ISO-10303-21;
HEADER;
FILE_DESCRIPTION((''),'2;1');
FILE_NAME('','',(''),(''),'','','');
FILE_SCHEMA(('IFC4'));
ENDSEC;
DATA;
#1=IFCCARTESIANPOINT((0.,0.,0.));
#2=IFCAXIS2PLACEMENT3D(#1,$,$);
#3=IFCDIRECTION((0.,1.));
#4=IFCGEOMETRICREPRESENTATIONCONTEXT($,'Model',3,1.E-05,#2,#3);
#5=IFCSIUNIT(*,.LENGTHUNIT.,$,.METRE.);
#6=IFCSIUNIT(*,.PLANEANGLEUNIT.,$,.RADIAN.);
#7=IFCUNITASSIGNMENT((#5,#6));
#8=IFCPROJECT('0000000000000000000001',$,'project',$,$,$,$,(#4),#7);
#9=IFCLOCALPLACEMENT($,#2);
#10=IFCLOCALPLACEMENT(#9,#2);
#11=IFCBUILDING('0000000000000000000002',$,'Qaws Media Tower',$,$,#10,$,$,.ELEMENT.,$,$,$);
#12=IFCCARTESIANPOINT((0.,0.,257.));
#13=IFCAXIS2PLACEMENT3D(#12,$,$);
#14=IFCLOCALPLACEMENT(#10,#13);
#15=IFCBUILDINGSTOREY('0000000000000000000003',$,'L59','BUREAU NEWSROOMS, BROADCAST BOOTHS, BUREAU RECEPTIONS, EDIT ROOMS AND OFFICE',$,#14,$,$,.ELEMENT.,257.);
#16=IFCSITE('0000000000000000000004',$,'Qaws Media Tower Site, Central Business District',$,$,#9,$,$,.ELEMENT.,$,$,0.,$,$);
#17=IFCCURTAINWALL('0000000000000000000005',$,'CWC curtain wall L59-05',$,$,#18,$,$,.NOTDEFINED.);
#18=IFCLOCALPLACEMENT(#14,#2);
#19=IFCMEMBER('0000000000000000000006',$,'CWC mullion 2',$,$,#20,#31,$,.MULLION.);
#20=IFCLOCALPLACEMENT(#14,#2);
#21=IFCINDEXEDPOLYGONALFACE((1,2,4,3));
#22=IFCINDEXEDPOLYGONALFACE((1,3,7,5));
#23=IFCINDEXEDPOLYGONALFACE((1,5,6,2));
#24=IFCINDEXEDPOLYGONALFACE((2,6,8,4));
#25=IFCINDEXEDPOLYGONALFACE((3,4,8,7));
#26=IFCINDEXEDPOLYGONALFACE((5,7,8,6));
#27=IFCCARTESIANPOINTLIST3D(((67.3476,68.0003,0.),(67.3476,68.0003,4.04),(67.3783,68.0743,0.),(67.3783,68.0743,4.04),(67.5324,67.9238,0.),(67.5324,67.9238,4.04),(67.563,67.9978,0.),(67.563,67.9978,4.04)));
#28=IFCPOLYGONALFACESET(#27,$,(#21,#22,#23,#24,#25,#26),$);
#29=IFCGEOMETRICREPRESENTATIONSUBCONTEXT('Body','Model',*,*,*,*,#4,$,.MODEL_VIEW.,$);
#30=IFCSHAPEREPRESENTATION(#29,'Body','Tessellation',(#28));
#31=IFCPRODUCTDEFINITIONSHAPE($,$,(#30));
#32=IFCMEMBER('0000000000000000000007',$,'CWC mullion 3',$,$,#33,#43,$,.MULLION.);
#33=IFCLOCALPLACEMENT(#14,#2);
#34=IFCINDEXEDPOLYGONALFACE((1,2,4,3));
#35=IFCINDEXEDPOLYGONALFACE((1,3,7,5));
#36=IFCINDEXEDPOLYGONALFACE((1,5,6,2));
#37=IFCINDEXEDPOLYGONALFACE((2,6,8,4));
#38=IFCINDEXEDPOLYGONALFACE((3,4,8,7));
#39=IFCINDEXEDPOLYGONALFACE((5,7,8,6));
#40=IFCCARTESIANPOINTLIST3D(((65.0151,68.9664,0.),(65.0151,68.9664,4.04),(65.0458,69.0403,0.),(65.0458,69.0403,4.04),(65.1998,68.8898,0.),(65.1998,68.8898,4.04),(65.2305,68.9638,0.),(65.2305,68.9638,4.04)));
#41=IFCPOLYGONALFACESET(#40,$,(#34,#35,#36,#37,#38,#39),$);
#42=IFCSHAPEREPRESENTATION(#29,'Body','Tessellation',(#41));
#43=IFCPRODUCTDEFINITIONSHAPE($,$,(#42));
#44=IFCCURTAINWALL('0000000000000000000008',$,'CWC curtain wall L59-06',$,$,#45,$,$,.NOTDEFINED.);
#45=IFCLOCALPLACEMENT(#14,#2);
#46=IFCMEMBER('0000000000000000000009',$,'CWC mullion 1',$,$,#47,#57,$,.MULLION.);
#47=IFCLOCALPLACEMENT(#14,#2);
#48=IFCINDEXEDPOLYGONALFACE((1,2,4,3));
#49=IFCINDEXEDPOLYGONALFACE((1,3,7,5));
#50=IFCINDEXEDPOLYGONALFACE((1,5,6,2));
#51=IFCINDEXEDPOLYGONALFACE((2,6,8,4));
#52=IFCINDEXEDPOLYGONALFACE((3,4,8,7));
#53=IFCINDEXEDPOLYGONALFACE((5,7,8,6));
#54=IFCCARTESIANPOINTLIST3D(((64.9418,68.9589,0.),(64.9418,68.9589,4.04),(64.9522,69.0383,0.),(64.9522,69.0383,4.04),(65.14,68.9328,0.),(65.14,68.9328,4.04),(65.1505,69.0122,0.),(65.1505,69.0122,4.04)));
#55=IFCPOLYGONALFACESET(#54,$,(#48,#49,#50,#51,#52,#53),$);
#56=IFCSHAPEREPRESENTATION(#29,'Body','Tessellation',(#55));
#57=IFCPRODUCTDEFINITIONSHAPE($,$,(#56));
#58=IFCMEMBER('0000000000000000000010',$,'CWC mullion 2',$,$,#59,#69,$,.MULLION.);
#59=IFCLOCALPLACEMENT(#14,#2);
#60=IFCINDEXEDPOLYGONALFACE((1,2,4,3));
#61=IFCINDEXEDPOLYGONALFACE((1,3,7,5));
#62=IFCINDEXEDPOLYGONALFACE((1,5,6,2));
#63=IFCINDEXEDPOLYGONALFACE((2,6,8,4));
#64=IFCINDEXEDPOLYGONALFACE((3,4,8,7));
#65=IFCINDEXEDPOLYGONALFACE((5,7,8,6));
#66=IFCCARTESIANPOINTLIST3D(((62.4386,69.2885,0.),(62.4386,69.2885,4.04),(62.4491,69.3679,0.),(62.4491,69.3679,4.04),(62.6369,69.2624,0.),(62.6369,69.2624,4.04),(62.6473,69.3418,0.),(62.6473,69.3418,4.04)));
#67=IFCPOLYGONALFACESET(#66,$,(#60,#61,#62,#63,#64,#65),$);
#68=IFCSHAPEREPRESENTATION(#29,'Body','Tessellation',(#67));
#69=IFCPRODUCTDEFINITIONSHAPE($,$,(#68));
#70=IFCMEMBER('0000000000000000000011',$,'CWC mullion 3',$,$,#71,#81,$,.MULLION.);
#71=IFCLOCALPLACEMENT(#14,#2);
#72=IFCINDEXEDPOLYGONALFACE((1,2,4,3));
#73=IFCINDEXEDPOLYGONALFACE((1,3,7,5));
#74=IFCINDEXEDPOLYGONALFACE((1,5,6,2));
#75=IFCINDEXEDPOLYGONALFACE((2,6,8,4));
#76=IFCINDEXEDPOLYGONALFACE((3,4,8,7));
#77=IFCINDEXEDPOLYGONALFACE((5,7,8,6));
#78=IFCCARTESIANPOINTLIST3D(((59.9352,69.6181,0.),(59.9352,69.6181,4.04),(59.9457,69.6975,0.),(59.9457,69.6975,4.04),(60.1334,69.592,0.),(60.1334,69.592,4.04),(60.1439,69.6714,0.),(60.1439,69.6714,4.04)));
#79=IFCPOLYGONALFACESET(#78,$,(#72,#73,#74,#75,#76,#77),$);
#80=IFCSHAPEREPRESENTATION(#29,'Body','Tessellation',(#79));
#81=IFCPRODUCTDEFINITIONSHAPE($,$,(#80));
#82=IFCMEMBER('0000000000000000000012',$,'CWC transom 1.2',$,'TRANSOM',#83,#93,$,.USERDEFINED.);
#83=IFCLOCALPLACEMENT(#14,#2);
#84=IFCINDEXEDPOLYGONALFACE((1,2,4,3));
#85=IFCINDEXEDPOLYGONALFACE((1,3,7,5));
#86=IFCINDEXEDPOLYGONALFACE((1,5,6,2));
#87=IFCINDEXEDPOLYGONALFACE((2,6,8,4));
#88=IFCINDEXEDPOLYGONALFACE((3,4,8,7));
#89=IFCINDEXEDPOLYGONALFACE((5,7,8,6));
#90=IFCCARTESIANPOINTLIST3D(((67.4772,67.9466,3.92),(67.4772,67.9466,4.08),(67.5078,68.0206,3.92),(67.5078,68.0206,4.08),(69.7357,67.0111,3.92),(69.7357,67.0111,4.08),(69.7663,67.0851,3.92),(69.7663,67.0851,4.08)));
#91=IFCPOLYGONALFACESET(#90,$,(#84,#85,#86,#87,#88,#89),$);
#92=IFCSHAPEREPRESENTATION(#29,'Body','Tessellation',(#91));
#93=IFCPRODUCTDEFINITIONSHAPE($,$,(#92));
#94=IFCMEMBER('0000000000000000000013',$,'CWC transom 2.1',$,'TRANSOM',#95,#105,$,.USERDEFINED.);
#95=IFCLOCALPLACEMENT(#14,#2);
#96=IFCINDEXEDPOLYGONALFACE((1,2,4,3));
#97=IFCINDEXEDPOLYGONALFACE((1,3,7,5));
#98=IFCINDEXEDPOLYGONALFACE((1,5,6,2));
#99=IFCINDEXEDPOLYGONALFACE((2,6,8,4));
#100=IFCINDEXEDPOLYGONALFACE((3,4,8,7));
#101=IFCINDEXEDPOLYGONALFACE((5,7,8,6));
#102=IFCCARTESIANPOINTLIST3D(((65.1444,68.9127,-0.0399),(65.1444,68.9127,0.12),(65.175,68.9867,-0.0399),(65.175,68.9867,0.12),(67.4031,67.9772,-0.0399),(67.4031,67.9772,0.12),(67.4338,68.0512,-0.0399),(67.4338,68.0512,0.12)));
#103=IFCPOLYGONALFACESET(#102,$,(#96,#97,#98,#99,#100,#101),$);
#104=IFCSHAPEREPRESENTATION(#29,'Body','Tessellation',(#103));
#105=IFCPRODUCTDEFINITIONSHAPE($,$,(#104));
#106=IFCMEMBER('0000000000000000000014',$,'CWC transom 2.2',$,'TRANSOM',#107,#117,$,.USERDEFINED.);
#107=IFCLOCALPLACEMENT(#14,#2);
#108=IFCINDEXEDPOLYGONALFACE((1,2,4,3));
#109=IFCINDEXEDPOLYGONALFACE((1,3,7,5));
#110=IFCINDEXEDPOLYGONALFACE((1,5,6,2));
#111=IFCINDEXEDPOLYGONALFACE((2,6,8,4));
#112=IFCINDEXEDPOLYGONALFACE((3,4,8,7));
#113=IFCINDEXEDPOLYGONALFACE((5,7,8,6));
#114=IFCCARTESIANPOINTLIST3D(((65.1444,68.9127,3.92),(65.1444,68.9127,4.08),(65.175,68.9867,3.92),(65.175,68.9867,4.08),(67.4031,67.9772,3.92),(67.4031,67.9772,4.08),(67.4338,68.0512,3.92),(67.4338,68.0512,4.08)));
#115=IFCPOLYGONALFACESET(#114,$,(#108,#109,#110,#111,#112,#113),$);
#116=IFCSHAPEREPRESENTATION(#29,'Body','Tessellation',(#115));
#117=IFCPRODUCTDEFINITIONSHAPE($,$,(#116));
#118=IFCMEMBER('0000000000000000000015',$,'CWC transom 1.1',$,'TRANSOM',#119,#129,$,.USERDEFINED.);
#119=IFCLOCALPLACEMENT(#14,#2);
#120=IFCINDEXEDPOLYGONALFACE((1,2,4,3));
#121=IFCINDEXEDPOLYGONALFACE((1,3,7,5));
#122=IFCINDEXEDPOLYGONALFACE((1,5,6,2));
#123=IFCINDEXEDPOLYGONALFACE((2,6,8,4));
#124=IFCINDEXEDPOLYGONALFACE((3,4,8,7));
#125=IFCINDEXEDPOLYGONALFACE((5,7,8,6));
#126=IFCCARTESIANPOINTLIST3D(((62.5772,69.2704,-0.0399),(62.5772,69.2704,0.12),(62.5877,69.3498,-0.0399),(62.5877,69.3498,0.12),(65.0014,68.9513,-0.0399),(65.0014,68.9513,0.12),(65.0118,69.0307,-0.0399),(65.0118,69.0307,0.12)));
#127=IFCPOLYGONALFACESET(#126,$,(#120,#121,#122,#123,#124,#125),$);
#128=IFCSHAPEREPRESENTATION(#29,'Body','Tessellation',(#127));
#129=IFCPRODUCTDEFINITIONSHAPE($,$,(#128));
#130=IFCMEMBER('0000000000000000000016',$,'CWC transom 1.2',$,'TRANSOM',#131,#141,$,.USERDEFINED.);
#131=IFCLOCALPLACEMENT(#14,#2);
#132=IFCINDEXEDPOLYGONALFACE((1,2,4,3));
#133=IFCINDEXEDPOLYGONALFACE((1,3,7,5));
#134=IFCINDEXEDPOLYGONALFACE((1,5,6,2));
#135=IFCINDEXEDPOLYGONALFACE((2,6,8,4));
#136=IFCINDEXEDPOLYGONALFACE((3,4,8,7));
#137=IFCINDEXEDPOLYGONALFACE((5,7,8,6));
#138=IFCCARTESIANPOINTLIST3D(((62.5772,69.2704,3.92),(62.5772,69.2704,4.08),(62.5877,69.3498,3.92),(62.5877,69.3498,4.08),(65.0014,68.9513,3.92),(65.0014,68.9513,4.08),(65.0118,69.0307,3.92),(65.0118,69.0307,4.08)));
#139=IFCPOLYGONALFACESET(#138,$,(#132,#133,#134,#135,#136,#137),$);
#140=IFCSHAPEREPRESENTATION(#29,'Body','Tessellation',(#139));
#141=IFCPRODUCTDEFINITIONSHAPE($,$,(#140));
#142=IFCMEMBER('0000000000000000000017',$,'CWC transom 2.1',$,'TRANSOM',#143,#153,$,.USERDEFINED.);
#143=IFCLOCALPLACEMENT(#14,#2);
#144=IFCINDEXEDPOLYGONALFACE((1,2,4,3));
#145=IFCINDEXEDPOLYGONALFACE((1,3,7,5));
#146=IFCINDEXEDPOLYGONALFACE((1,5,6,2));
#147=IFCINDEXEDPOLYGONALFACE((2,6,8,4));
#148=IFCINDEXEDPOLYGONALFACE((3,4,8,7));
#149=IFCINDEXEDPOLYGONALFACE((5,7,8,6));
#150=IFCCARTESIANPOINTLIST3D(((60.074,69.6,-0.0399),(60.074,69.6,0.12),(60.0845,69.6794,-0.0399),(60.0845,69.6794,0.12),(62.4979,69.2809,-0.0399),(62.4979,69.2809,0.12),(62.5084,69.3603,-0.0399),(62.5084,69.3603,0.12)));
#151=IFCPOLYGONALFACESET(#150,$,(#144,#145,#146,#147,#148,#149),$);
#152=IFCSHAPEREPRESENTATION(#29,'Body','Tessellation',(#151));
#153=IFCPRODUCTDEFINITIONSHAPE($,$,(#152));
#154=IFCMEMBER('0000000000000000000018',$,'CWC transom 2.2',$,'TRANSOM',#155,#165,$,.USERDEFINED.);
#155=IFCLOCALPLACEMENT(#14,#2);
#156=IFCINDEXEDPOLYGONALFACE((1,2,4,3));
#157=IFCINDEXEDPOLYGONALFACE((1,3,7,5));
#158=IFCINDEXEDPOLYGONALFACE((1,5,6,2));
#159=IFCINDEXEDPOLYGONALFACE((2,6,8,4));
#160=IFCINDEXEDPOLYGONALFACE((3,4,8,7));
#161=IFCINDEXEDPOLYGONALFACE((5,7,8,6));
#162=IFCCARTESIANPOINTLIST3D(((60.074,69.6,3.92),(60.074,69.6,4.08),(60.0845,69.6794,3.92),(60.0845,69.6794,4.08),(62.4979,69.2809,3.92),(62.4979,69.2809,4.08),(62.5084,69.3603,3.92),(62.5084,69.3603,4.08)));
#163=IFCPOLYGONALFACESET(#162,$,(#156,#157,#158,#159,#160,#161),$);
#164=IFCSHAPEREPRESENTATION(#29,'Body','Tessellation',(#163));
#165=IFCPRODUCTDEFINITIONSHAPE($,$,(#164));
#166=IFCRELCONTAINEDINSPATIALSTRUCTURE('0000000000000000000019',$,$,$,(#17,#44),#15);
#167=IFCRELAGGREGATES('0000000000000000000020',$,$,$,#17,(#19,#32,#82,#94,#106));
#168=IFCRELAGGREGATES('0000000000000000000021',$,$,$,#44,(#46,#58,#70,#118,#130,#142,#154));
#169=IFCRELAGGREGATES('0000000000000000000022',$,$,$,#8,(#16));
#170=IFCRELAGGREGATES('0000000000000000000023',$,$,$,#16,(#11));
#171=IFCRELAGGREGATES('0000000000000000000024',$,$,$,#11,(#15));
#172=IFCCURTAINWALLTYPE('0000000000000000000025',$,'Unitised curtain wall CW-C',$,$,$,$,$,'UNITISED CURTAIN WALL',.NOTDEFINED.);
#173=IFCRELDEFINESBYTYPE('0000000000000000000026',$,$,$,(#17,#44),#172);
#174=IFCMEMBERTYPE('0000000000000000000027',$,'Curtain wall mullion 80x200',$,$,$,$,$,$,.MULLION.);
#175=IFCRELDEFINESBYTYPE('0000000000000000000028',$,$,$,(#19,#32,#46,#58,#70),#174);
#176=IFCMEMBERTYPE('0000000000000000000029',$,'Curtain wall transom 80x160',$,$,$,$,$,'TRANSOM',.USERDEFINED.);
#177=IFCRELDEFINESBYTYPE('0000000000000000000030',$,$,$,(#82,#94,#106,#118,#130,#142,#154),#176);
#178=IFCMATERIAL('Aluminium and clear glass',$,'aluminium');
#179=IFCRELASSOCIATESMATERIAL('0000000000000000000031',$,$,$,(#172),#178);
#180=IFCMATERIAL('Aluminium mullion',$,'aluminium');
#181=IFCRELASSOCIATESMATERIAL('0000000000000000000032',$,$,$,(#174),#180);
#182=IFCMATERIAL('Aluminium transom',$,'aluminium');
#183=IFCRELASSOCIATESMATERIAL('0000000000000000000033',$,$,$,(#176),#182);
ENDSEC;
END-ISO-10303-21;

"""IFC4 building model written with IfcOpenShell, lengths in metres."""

from ifc_helpers import new_model, si_unit, direction, frame, origin, origin_2d, place, context, subcontext, project, spatial, rectangle, extrude, material, material_profile, profile_set, type_object, element, aggregate, save


model = new_model("IFC4")

# Units and contexts
model_context = context("Model", 3, precision=1e-05, world=origin(), true_north=direction((0.0, 1.0)))
body_context = subcontext(model_context, "Body", "Model", "MODEL_VIEW")
ifc_project = project(units=[si_unit("LENGTHUNIT", "METRE"), si_unit("PLANEANGLEUNIT", "RADIAN")], contexts=[model_context])

# Site, building, storey
site_placement = place(None, origin())
site = spatial("IfcSite", under=ifc_project, at=site_placement, Name="Qaws Media Tower Site, Central Business District", CompositionType="ELEMENT", RefElevation=0.0)
building_placement = place(site_placement, origin())
building = spatial("IfcBuilding", under=site, at=building_placement, Name="Qaws Media Tower", CompositionType="ELEMENT")
storey_placement = place(building_placement, frame((0.0, 0.0, 257.0)))
storey = spatial("IfcBuildingStorey", under=building, at=storey_placement, Name="L59", Description="BUREAU NEWSROOMS, BROADCAST BOOTHS, BUREAU RECEPTIONS, EDIT ROOMS AND OFFICE", CompositionType="ELEMENT", Elevation=257.0)

# Curtain walls, members
ifc_material_1 = material(Name="Aluminium and clear glass", Category="aluminium")
curtain_wall_type = type_object("IfcCurtainWallType", Name="Unitised curtain wall CW-C", ElementType="UNITISED CURTAIN WALL", PredefinedType="NOTDEFINED", material=ifc_material_1)
curtain_wall_1_placement = place(storey_placement, origin())
curtain_wall_1 = element("IfcCurtainWall", 1, at=curtain_wall_1_placement, inside=storey, type_object=curtain_wall_type, Name="CWC curtain wall L59-05", PredefinedType="NOTDEFINED")
ifc_material_2 = material(Name="Aluminium mullion", Category="aluminium")
ifc_material_profile_1 = material_profile(ifc_material_2, rectangle(XDim=0.0801, YDim=0.2, at=origin_2d()), Name="80x200")
ifc_profile_set_1 = profile_set([ifc_material_profile_1], Name="Aluminium mullion")
member_type_1 = type_object("IfcMemberType", Name="Curtain wall mullion 80x200", PredefinedType="MULLION", material=ifc_profile_set_1)
member_1_placement = place(storey_placement, frame((67.4553, 67.999, 0.0), z_axis=(0.0, 0.0, 1.0), x_axis=(-0.382683, -0.92388, 0.0)))
member_1 = element("IfcMember", 2, at=member_1_placement, type_object=member_type_1, Name="CWC mullion 2", PredefinedType="MULLION", context=body_context, shape_type="SweptSolid", body=[
    extrude(rectangle(XDim=0.0801, YDim=0.2, at=origin_2d()), origin(), (0.0, 0.0, 1.0), 4.04),
])
member_2_placement = place(storey_placement, frame((65.1228, 68.9651, 0.0), z_axis=(0.0, 0.0, 1.0), x_axis=(-0.382683, -0.92388, 0.0)))
member_2 = element("IfcMember", 3, at=member_2_placement, type_object=member_type_1, Name="CWC mullion 3", PredefinedType="MULLION", context=body_context, shape_type="SweptSolid", body=[
    extrude(rectangle(XDim=0.0801, YDim=0.2, at=origin_2d()), origin(), (0.0, 0.0, 1.0), 4.04),
])
curtain_wall_2_placement = place(storey_placement, origin())
curtain_wall_2 = element("IfcCurtainWall", 4, at=curtain_wall_2_placement, inside=storey, type_object=curtain_wall_type, Name="CWC curtain wall L59-06", PredefinedType="NOTDEFINED")
member_3_placement = place(storey_placement, frame((65.0461, 68.9856, 0.0), z_axis=(0.0, 0.0, 1.0), x_axis=(-0.130526, -0.991445, 0.0)))
member_3 = element("IfcMember", 5, at=member_3_placement, type_object=member_type_1, Name="CWC mullion 1", PredefinedType="MULLION", context=body_context, shape_type="SweptSolid", body=[
    extrude(rectangle(XDim=0.0801, YDim=0.2, at=origin_2d()), origin(), (0.0, 0.0, 1.0), 4.04),
])
member_4_placement = place(storey_placement, frame((62.543, 69.3152, 0.0), z_axis=(0.0, 0.0, 1.0), x_axis=(-0.130526, -0.991445, 0.0)))
member_4 = element("IfcMember", 6, at=member_4_placement, type_object=member_type_1, Name="CWC mullion 2", PredefinedType="MULLION", context=body_context, shape_type="SweptSolid", body=[
    extrude(rectangle(XDim=0.0801, YDim=0.2, at=origin_2d()), origin(), (0.0, 0.0, 1.0), 4.04),
])
member_5_placement = place(storey_placement, frame((60.0396, 69.6448, 0.0), z_axis=(0.0, 0.0, 1.0), x_axis=(-0.130526, -0.991445, 0.0)))
member_5 = element("IfcMember", 7, at=member_5_placement, type_object=member_type_1, Name="CWC mullion 3", PredefinedType="MULLION", context=body_context, shape_type="SweptSolid", body=[
    extrude(rectangle(XDim=0.0801, YDim=0.2, at=origin_2d()), origin(), (0.0, 0.0, 1.0), 4.04),
])

# Members
ifc_material_3 = material(Name="Aluminium transom", Category="aluminium")
ifc_material_profile_2 = material_profile(ifc_material_3, rectangle(XDim=0.0801, YDim=0.1599, at=origin_2d()), Name="80x160")
ifc_profile_set_2 = profile_set([ifc_material_profile_2], Name="Aluminium transom")
member_type_2 = type_object("IfcMemberType", Name="Curtain wall transom 80x160", ElementType="TRANSOM", PredefinedType="USERDEFINED", material=ifc_profile_set_2)
member_6_placement = place(storey_placement, frame((69.751, 67.0481, 4.0), z_axis=(-0.923876, 0.382693, 0.0), x_axis=(-0.382693, -0.923876, 0.0)))
member_6 = element("IfcMember", 8, at=member_6_placement, type_object=member_type_2, Name="CWC transom 1.2", ObjectType="TRANSOM", PredefinedType="USERDEFINED", context=body_context, shape_type="SweptSolid", body=[
    extrude(rectangle(XDim=0.0801, YDim=0.1599, at=origin_2d()), origin(), (0.0, 0.0, 1.0), 2.4446),
])
member_7_placement = place(storey_placement, frame((67.4185, 68.0142, 0.04), z_axis=(-0.92389, 0.382658, 0.0), x_axis=(-0.382658, -0.92389, 0.0)))
member_7 = element("IfcMember", 9, at=member_7_placement, type_object=member_type_2, Name="CWC transom 2.1", ObjectType="TRANSOM", PredefinedType="USERDEFINED", context=body_context, shape_type="SweptSolid", body=[
    extrude(rectangle(XDim=0.0801, YDim=0.1599, at=origin_2d()), origin(), (0.0, 0.0, 1.0), 2.4448),
])
member_8_placement = place(storey_placement, frame((67.4185, 68.0142, 4.0), z_axis=(-0.92389, 0.382658, 0.0), x_axis=(-0.382658, -0.92389, 0.0)))
member_8 = element("IfcMember", 10, at=member_8_placement, type_object=member_type_2, Name="CWC transom 2.2", ObjectType="TRANSOM", PredefinedType="USERDEFINED", context=body_context, shape_type="SweptSolid", body=[
    extrude(rectangle(XDim=0.0801, YDim=0.1599, at=origin_2d()), origin(), (0.0, 0.0, 1.0), 2.4448),
])
member_9_placement = place(storey_placement, frame((65.0066, 68.991, 0.04), z_axis=(-0.991447, 0.130509, 0.0), x_axis=(-0.130509, -0.991447, 0.0)))
member_9 = element("IfcMember", 11, at=member_9_placement, type_object=member_type_2, Name="CWC transom 1.1", ObjectType="TRANSOM", PredefinedType="USERDEFINED", context=body_context, shape_type="SweptSolid", body=[
    extrude(rectangle(XDim=0.0801, YDim=0.1599, at=origin_2d()), origin(), (0.0, 0.0, 1.0), 2.4451),
])
member_10_placement = place(storey_placement, frame((65.0066, 68.991, 4.0), z_axis=(-0.991447, 0.130509, 0.0), x_axis=(-0.130509, -0.991447, 0.0)))
member_10 = element("IfcMember", 12, at=member_10_placement, type_object=member_type_2, Name="CWC transom 1.2", ObjectType="TRANSOM", PredefinedType="USERDEFINED", context=body_context, shape_type="SweptSolid", body=[
    extrude(rectangle(XDim=0.0801, YDim=0.1599, at=origin_2d()), origin(), (0.0, 0.0, 1.0), 2.4451),
])
member_11_placement = place(storey_placement, frame((62.5032, 69.3206, 0.04), z_axis=(-0.991445, 0.130522, 0.0), x_axis=(-0.130522, -0.991445, 0.0)))
member_11 = element("IfcMember", 13, at=member_11_placement, type_object=member_type_2, Name="CWC transom 2.1", ObjectType="TRANSOM", PredefinedType="USERDEFINED", context=body_context, shape_type="SweptSolid", body=[
    extrude(rectangle(XDim=0.0801, YDim=0.1599, at=origin_2d()), origin(), (0.0, 0.0, 1.0), 2.4448),
])
member_12_placement = place(storey_placement, frame((62.5032, 69.3206, 4.0), z_axis=(-0.991445, 0.130522, 0.0), x_axis=(-0.130522, -0.991445, 0.0)))
member_12 = element("IfcMember", 14, at=member_12_placement, type_object=member_type_2, Name="CWC transom 2.2", ObjectType="TRANSOM", PredefinedType="USERDEFINED", context=body_context, shape_type="SweptSolid", body=[
    extrude(rectangle(XDim=0.0801, YDim=0.1599, at=origin_2d()), origin(), (0.0, 0.0, 1.0), 2.4448),
])

aggregate(curtain_wall_1, [member_1, member_2, member_6, member_7, member_8])
aggregate(curtain_wall_2, [member_3, member_4, member_5, member_9, member_10, member_11, member_12])

save(model, "model.ifc")
